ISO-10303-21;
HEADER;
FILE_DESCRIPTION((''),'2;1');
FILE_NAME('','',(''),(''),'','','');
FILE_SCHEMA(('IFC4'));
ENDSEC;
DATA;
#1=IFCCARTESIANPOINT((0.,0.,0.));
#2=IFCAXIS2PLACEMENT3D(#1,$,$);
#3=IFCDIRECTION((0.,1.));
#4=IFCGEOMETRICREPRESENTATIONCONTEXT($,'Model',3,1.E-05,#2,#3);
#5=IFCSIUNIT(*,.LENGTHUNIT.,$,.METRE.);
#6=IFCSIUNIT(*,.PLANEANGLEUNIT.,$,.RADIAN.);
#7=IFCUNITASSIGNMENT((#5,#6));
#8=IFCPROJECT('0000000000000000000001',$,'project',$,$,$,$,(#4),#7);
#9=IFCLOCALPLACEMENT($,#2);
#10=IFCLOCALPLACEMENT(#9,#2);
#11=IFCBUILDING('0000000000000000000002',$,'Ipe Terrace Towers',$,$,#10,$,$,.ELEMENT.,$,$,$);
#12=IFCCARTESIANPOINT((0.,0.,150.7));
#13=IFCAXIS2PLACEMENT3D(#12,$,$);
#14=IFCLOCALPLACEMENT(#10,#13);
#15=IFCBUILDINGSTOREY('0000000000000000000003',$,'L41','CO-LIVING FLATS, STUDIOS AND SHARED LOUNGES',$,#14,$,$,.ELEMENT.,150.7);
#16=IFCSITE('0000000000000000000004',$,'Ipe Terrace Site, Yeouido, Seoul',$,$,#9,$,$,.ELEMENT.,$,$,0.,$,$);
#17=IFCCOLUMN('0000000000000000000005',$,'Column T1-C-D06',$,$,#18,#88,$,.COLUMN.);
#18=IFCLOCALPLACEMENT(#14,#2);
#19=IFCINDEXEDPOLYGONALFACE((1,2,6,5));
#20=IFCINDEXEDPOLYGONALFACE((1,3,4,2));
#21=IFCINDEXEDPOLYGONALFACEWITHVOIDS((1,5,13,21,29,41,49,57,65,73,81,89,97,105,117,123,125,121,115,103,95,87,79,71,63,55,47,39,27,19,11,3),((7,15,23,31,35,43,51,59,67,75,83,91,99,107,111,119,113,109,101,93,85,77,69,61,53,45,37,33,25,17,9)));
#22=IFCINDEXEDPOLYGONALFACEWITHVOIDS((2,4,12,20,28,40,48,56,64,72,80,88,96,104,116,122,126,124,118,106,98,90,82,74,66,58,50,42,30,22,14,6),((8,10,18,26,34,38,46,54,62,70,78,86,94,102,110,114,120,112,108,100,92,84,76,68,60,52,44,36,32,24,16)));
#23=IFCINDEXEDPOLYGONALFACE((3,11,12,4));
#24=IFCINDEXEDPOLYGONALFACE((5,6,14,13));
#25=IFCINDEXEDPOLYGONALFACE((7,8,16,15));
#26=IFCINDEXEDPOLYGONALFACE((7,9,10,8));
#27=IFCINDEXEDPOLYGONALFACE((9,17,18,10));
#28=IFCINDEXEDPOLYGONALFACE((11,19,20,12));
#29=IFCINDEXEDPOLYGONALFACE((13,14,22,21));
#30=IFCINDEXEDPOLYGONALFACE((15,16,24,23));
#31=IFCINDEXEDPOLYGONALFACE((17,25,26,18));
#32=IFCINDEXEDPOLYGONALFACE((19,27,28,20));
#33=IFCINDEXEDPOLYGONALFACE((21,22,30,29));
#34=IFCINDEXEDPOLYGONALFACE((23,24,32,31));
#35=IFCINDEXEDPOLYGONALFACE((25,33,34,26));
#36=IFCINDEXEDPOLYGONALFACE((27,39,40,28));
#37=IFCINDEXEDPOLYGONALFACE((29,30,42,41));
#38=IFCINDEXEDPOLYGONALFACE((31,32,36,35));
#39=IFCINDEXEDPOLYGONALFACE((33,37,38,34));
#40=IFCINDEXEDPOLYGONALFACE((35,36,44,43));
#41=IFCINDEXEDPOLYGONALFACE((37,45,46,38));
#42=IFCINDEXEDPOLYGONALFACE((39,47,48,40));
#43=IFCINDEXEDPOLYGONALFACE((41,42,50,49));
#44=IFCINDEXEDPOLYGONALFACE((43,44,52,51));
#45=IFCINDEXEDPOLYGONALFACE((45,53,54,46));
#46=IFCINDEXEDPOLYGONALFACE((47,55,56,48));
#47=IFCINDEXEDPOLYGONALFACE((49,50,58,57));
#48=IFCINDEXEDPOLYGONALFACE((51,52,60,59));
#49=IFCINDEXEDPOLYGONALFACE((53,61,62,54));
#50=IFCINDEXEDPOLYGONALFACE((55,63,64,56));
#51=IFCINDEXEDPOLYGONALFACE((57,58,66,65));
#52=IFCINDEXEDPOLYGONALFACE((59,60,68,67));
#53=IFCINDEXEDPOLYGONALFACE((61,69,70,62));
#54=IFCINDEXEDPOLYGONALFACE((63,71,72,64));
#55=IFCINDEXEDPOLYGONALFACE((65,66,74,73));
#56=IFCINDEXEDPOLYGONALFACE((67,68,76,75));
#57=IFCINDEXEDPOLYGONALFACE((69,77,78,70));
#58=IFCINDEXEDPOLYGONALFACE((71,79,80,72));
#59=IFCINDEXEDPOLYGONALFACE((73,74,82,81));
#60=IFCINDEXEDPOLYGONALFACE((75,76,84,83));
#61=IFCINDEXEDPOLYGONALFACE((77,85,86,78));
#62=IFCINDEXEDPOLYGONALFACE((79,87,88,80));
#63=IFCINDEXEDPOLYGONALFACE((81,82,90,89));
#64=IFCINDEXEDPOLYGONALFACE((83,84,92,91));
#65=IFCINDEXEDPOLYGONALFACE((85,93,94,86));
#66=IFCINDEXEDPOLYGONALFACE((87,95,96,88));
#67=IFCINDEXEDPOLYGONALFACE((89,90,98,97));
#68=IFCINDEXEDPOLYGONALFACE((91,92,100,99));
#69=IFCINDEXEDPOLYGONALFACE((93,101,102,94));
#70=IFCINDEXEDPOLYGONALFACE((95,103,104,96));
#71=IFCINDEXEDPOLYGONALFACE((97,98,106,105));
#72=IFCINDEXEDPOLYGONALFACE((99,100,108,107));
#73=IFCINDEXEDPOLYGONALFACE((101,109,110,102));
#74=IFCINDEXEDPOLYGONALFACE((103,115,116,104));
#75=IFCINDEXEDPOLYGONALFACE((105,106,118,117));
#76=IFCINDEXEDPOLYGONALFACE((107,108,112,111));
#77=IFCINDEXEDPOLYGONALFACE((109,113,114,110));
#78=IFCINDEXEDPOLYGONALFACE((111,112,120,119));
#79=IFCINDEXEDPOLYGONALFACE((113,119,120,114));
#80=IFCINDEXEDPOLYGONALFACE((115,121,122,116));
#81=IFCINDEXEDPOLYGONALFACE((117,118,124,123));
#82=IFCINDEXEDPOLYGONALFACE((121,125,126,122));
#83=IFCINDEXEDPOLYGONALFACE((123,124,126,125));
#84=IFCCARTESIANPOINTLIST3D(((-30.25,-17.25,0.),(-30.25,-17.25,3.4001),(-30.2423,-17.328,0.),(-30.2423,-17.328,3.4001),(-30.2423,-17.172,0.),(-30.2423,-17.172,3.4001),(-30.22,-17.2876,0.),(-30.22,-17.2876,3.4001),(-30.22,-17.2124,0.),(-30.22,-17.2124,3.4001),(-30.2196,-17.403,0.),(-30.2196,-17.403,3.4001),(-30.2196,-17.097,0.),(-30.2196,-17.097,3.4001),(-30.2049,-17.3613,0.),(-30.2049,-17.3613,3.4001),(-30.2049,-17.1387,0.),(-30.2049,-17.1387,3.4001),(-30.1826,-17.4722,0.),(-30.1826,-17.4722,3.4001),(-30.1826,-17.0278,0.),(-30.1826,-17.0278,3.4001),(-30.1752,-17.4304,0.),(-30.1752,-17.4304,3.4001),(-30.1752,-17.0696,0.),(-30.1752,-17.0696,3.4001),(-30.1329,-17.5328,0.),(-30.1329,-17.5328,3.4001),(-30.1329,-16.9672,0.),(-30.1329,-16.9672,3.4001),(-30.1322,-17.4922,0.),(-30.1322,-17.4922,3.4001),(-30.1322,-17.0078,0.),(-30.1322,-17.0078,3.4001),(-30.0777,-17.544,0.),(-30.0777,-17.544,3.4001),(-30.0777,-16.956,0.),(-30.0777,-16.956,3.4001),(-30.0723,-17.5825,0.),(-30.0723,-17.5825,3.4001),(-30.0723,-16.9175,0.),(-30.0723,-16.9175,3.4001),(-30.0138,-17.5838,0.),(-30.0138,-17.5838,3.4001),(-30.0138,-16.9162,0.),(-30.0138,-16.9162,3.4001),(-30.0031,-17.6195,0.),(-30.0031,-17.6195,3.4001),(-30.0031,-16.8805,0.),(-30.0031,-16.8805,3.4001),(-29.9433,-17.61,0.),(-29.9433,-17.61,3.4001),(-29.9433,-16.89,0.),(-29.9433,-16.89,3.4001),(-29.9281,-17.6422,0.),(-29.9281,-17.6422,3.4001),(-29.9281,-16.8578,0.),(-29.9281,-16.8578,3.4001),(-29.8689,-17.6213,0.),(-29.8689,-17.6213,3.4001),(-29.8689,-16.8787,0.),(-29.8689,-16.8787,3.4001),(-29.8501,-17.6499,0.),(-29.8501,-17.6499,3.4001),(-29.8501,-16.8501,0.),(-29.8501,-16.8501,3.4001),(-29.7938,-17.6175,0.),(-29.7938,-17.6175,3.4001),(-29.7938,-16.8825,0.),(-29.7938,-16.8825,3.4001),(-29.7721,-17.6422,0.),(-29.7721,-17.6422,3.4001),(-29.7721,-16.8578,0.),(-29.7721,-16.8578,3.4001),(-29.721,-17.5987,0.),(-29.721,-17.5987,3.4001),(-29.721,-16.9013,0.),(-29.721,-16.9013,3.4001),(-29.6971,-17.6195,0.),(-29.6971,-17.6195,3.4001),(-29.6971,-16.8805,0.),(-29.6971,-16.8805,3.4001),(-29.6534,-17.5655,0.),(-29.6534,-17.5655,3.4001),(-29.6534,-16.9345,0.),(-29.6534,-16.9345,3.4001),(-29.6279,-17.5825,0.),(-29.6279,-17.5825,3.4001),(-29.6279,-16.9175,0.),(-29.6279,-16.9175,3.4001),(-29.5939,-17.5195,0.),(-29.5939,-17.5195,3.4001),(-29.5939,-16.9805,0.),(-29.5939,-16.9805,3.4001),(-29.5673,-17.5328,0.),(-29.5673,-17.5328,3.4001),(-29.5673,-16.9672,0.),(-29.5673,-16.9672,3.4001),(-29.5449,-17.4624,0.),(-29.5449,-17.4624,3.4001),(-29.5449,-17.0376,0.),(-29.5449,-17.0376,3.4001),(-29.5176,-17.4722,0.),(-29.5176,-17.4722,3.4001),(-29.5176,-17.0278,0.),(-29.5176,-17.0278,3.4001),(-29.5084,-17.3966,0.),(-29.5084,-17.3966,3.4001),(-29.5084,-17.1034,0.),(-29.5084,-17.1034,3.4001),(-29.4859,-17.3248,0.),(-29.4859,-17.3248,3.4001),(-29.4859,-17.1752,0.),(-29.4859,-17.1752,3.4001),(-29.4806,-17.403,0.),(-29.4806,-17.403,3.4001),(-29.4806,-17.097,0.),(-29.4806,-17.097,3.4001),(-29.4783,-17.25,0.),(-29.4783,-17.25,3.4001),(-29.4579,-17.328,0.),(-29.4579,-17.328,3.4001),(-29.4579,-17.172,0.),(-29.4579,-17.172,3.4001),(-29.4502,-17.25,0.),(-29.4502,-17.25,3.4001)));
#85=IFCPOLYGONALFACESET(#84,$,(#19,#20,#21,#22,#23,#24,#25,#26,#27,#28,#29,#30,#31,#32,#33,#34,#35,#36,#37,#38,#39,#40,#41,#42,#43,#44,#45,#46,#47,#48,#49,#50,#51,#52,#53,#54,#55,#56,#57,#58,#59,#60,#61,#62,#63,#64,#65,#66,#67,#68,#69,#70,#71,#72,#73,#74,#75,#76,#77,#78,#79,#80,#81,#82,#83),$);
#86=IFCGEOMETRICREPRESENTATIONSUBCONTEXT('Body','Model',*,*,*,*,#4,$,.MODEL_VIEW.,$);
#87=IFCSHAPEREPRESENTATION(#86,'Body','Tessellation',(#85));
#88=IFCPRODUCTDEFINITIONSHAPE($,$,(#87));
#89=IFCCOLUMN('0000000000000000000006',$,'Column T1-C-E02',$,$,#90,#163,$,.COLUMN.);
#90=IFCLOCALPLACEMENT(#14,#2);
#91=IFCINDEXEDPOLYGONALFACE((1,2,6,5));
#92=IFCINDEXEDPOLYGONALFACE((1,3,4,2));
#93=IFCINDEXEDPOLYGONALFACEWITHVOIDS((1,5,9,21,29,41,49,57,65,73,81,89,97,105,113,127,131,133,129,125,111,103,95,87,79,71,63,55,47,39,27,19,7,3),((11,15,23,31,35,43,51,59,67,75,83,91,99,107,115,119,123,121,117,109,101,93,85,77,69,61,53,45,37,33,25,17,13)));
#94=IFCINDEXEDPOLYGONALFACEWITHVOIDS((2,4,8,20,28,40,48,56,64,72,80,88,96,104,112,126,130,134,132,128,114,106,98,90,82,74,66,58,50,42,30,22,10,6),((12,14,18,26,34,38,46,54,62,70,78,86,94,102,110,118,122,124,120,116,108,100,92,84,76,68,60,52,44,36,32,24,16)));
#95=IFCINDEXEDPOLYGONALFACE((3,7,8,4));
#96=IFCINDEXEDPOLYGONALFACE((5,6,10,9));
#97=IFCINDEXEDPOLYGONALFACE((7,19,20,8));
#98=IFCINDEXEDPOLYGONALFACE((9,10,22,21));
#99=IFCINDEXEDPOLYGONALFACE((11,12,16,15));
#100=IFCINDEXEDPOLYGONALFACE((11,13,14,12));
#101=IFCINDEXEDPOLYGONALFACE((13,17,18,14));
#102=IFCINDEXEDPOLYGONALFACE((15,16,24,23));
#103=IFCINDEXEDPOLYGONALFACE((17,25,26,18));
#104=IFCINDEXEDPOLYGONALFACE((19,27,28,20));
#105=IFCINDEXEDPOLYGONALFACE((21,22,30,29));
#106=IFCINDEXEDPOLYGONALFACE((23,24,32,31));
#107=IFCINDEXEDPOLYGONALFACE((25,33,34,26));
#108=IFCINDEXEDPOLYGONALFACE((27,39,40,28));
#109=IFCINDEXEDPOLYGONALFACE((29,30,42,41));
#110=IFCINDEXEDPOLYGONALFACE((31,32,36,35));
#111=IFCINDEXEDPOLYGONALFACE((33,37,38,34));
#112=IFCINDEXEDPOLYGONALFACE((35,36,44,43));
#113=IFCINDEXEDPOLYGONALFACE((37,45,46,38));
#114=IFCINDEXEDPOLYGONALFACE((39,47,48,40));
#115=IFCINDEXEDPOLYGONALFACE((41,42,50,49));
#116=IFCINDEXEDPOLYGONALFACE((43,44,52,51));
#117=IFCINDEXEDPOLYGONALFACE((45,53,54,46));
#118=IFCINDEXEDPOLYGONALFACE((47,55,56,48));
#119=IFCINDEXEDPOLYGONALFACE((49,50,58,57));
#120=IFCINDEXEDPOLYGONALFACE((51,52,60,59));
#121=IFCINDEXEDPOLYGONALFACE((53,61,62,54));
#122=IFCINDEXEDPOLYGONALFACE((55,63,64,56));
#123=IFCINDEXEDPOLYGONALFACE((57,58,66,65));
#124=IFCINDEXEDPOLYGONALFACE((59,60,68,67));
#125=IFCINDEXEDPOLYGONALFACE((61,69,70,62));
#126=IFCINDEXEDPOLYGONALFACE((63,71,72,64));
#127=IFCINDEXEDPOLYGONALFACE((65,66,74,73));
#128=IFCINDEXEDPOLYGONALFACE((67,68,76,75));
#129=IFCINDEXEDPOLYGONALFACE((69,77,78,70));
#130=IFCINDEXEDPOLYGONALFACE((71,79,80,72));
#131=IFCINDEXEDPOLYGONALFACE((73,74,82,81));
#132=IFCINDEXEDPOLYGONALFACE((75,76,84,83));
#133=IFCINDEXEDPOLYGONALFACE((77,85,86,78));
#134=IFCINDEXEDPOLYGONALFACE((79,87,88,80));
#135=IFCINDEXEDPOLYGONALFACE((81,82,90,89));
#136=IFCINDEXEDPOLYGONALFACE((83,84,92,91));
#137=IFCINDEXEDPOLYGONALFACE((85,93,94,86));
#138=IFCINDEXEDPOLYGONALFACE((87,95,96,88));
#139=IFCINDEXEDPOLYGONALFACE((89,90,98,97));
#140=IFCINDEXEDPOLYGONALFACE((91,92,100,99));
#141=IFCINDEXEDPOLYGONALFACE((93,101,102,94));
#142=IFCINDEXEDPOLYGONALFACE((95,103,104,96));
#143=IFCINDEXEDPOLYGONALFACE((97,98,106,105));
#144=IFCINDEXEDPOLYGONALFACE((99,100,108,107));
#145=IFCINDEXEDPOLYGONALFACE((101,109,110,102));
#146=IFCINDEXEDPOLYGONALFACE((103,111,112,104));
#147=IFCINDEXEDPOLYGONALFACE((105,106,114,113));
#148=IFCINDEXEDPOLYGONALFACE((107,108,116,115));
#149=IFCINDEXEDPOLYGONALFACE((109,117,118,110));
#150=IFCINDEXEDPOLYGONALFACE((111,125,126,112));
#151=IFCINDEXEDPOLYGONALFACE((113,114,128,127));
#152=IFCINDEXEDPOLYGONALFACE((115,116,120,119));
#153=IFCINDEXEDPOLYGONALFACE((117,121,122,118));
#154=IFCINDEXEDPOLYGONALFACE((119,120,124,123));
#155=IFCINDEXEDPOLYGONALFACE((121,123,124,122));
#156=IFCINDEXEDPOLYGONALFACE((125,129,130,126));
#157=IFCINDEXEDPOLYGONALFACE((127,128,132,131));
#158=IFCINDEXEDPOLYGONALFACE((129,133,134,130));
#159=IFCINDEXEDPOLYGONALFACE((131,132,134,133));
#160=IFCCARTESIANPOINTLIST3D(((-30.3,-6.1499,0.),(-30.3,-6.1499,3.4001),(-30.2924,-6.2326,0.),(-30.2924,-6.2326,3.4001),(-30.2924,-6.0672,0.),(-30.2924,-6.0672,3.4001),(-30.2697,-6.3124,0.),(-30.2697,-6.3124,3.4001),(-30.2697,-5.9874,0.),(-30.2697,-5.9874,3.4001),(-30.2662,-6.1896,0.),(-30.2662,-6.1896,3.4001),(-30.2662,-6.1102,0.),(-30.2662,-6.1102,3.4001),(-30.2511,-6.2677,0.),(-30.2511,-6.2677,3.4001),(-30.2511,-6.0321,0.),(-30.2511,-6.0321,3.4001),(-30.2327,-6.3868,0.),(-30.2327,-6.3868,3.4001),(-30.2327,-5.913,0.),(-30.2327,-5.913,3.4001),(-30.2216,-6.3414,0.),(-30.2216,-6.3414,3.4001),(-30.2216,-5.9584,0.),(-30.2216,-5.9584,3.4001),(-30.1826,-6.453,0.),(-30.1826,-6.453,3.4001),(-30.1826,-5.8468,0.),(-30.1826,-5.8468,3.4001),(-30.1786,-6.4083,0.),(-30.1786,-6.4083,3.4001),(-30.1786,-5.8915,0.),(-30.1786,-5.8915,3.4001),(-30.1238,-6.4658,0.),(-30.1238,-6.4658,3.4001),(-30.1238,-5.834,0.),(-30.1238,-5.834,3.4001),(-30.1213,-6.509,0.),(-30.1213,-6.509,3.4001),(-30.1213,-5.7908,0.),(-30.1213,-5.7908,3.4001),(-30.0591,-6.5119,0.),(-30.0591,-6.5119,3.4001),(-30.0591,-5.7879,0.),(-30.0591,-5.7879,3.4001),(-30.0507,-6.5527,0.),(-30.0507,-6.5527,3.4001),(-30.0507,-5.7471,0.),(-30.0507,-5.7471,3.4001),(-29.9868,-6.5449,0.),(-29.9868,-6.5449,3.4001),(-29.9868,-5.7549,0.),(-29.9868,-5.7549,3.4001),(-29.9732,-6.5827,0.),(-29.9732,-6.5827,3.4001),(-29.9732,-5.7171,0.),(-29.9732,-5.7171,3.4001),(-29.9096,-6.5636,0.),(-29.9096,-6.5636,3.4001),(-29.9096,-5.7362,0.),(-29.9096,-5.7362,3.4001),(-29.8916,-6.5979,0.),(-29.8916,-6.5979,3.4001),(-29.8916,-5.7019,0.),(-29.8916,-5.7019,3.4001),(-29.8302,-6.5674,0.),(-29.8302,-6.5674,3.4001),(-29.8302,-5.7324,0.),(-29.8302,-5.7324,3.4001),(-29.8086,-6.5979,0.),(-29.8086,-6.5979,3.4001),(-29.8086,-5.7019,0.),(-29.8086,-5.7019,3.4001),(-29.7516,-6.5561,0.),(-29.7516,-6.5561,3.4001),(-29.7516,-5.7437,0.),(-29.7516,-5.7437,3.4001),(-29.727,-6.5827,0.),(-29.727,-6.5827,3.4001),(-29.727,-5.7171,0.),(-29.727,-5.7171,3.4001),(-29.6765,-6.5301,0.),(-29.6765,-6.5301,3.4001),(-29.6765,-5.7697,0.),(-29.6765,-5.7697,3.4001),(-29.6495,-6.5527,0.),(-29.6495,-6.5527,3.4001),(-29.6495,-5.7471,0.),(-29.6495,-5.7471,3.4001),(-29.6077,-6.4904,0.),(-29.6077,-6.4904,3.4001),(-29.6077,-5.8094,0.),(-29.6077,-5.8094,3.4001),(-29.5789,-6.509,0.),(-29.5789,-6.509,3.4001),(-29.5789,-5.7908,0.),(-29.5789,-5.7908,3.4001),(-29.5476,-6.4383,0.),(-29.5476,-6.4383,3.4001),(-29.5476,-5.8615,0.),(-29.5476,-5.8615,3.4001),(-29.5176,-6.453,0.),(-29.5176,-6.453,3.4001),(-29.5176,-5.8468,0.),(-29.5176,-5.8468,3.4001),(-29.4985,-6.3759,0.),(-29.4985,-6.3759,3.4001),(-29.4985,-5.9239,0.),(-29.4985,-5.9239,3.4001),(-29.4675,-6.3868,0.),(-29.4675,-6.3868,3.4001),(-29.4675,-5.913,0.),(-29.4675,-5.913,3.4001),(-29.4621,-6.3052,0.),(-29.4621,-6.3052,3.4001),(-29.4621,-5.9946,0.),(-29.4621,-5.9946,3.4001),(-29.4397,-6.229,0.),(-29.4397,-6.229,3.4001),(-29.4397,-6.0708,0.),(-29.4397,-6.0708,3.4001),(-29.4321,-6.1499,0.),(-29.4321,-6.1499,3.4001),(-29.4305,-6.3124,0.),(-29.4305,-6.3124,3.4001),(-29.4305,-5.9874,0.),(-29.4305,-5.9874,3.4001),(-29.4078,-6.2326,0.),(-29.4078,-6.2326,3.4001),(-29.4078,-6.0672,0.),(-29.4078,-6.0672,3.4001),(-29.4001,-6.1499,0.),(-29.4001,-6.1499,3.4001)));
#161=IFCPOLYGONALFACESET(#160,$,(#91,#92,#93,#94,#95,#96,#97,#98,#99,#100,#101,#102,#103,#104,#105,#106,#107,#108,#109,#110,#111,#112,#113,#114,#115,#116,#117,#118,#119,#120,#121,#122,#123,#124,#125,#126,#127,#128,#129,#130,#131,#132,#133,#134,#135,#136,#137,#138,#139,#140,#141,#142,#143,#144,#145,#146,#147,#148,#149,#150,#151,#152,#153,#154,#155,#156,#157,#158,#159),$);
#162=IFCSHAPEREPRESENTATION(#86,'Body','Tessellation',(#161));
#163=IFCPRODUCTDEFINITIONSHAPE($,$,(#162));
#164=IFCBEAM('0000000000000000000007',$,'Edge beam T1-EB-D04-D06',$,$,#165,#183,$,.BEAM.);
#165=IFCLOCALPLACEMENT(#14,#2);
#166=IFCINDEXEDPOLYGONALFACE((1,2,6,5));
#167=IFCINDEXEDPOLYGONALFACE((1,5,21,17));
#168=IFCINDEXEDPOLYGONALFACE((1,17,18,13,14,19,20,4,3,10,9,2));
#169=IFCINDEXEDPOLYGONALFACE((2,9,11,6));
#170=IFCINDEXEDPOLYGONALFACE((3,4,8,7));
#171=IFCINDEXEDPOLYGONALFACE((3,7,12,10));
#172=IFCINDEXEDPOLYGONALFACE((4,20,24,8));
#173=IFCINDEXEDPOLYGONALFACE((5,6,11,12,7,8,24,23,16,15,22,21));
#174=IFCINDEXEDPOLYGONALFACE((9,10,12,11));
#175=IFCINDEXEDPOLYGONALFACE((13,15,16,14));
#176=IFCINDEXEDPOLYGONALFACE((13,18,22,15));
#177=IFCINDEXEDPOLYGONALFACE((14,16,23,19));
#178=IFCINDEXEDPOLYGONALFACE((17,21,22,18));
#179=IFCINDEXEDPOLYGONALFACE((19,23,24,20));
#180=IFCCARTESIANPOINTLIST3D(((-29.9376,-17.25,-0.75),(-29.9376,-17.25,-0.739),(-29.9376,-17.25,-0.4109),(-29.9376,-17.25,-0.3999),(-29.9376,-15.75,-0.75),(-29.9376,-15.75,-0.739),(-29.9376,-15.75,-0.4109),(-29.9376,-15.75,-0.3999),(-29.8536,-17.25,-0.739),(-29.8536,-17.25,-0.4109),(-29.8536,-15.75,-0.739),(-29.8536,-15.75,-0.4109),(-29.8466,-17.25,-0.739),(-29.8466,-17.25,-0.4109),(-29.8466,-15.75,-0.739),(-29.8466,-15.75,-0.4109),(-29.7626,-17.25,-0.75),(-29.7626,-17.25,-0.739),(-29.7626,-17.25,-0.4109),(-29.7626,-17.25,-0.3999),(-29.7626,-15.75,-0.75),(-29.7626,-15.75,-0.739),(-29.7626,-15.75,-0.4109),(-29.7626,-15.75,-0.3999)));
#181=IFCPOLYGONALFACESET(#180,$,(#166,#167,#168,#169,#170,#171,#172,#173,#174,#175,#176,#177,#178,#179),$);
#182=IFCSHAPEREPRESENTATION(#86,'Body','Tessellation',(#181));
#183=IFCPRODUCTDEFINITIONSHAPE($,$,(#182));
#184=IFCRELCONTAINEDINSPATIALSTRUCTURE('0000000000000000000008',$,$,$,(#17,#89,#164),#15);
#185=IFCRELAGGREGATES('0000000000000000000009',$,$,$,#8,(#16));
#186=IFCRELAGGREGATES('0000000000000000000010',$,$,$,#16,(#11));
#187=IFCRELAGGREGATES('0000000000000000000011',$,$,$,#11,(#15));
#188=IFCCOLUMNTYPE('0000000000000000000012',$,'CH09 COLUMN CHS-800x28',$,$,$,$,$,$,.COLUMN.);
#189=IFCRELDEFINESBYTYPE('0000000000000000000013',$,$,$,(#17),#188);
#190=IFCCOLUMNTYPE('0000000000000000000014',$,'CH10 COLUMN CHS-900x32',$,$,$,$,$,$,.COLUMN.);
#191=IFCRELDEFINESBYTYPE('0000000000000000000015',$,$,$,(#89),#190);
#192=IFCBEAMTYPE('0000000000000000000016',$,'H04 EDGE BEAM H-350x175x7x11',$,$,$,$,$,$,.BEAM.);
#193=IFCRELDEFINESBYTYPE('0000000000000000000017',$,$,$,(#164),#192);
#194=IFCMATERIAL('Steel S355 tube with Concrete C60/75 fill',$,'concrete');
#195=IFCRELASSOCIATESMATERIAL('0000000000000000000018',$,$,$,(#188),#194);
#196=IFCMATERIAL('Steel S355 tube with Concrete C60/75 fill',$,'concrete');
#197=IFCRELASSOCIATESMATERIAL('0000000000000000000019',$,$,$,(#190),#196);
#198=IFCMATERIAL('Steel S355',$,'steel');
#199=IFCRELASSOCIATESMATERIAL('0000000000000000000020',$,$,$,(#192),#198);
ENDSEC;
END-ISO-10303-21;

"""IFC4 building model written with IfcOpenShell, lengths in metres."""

from ifc_helpers import new_model, si_unit, direction, frame, origin, origin_2d, place, context, subcontext, project, spatial, hollow_circle, i_section, extrude, material, material_profile, profile_set, type_object, element, save


model = new_model("IFC4")

# Units and contexts
model_context = context("Model", 3, precision=1e-05, world=origin(), true_north=direction((0.0, 1.0)))
body_context = subcontext(model_context, "Body", "Model", "MODEL_VIEW")
ifc_project = project(units=[si_unit("LENGTHUNIT", "METRE"), si_unit("PLANEANGLEUNIT", "RADIAN")], contexts=[model_context])

# Site, building, storey
site_placement = place(None, origin())
site = spatial("IfcSite", under=ifc_project, at=site_placement, Name="Ipe Terrace Site, Yeouido, Seoul", CompositionType="ELEMENT", RefElevation=0.0)
building_placement = place(site_placement, origin())
building = spatial("IfcBuilding", under=site, at=building_placement, Name="Ipe Terrace Towers", CompositionType="ELEMENT")
storey_placement = place(building_placement, frame((0.0, 0.0, 150.7)))
storey = spatial("IfcBuildingStorey", under=building, at=storey_placement, Name="L41", Description="CO-LIVING FLATS, STUDIOS AND SHARED LOUNGES", CompositionType="ELEMENT", Elevation=150.7)

# Columns
ifc_material_1 = material(Name="Steel S355 tube with Concrete C60/75 fill", Category="concrete")
ifc_material_profile_1 = material_profile(ifc_material_1, hollow_circle(Radius=0.3999, WallThickness=0.0281, at=origin_2d()), Name="CHS-800x28")
ifc_profile_set_1 = profile_set([ifc_material_profile_1], Name="Steel S355 tube with Concrete C60/75 fill")
column_type_1 = type_object("IfcColumnType", Name="CH09 COLUMN CHS-800x28", PredefinedType="COLUMN", material=ifc_profile_set_1)
for number, where, z_axis, x_axis, name in (
    (1, (-29.8501, -17.25, 0.0), (0.0, 0.0, 1.0), (1.0, 0.0, 0.0), "Column T1-C-D06"),
):
    element("IfcColumn", number, at=place(storey_placement, frame(where, z_axis=z_axis, x_axis=x_axis)), inside=storey, type_object=column_type_1, Name=name, PredefinedType="COLUMN", context=body_context, shape_type="SweptSolid", body=[
        extrude(hollow_circle(Radius=0.3999, WallThickness=0.0281, at=origin_2d()), origin(), (0.0, 0.0, 1.0), 3.4001),
    ])
ifc_material_2 = material(Name="Steel S355 tube with Concrete C60/75 fill", Category="concrete")
ifc_material_profile_2 = material_profile(ifc_material_2, hollow_circle(Radius=0.45, WallThickness=0.032, at=origin_2d()), Name="CHS-900x32")
ifc_profile_set_2 = profile_set([ifc_material_profile_2], Name="Steel S355 tube with Concrete C60/75 fill")
column_type_2 = type_object("IfcColumnType", Name="CH10 COLUMN CHS-900x32", PredefinedType="COLUMN", material=ifc_profile_set_2)
column_placement = place(storey_placement, frame((-29.8501, -6.1499, 0.0), z_axis=(0.0, 0.0, 1.0), x_axis=(1.0, 0.0, 0.0)))
element("IfcColumn", 2, at=column_placement, inside=storey, type_object=column_type_2, Name="Column T1-C-E02", PredefinedType="COLUMN", context=body_context, shape_type="SweptSolid", body=[
    extrude(hollow_circle(Radius=0.45, WallThickness=0.032, at=origin_2d()), origin(), (0.0, 0.0, 1.0), 3.4001),
])

# Beam
ifc_material_3 = material(Name="Steel S355", Category="steel")
ifc_material_profile_3 = material_profile(ifc_material_3, i_section(OverallWidth=0.175, OverallDepth=0.3501, WebThickness=0.0071, FlangeThickness=0.011, at=origin_2d()), Name="H-350x175x7x11")
ifc_profile_set_3 = profile_set([ifc_material_profile_3], Name="Steel S355")
beam_type_1 = type_object("IfcBeamType", Name="H04 EDGE BEAM H-350x175x7x11", PredefinedType="BEAM", material=ifc_profile_set_3)
beam_1_placement = place(storey_placement, frame((-29.8501, -15.75, -0.575), z_axis=(0.0, -1.0, 0.0), x_axis=(1.0, 0.0, 0.0)))
element("IfcBeam", 3, at=beam_1_placement, inside=storey, type_object=beam_type_1, Name="Edge beam T1-EB-D04-D06", PredefinedType="BEAM", context=body_context, shape_type="SweptSolid", body=[
    extrude(i_section(OverallWidth=0.175, OverallDepth=0.3501, WebThickness=0.0071, FlangeThickness=0.011, at=origin_2d()), origin(), (0.0, 0.0, 1.0), 1.5),
])

save(model, "model.ifc")
